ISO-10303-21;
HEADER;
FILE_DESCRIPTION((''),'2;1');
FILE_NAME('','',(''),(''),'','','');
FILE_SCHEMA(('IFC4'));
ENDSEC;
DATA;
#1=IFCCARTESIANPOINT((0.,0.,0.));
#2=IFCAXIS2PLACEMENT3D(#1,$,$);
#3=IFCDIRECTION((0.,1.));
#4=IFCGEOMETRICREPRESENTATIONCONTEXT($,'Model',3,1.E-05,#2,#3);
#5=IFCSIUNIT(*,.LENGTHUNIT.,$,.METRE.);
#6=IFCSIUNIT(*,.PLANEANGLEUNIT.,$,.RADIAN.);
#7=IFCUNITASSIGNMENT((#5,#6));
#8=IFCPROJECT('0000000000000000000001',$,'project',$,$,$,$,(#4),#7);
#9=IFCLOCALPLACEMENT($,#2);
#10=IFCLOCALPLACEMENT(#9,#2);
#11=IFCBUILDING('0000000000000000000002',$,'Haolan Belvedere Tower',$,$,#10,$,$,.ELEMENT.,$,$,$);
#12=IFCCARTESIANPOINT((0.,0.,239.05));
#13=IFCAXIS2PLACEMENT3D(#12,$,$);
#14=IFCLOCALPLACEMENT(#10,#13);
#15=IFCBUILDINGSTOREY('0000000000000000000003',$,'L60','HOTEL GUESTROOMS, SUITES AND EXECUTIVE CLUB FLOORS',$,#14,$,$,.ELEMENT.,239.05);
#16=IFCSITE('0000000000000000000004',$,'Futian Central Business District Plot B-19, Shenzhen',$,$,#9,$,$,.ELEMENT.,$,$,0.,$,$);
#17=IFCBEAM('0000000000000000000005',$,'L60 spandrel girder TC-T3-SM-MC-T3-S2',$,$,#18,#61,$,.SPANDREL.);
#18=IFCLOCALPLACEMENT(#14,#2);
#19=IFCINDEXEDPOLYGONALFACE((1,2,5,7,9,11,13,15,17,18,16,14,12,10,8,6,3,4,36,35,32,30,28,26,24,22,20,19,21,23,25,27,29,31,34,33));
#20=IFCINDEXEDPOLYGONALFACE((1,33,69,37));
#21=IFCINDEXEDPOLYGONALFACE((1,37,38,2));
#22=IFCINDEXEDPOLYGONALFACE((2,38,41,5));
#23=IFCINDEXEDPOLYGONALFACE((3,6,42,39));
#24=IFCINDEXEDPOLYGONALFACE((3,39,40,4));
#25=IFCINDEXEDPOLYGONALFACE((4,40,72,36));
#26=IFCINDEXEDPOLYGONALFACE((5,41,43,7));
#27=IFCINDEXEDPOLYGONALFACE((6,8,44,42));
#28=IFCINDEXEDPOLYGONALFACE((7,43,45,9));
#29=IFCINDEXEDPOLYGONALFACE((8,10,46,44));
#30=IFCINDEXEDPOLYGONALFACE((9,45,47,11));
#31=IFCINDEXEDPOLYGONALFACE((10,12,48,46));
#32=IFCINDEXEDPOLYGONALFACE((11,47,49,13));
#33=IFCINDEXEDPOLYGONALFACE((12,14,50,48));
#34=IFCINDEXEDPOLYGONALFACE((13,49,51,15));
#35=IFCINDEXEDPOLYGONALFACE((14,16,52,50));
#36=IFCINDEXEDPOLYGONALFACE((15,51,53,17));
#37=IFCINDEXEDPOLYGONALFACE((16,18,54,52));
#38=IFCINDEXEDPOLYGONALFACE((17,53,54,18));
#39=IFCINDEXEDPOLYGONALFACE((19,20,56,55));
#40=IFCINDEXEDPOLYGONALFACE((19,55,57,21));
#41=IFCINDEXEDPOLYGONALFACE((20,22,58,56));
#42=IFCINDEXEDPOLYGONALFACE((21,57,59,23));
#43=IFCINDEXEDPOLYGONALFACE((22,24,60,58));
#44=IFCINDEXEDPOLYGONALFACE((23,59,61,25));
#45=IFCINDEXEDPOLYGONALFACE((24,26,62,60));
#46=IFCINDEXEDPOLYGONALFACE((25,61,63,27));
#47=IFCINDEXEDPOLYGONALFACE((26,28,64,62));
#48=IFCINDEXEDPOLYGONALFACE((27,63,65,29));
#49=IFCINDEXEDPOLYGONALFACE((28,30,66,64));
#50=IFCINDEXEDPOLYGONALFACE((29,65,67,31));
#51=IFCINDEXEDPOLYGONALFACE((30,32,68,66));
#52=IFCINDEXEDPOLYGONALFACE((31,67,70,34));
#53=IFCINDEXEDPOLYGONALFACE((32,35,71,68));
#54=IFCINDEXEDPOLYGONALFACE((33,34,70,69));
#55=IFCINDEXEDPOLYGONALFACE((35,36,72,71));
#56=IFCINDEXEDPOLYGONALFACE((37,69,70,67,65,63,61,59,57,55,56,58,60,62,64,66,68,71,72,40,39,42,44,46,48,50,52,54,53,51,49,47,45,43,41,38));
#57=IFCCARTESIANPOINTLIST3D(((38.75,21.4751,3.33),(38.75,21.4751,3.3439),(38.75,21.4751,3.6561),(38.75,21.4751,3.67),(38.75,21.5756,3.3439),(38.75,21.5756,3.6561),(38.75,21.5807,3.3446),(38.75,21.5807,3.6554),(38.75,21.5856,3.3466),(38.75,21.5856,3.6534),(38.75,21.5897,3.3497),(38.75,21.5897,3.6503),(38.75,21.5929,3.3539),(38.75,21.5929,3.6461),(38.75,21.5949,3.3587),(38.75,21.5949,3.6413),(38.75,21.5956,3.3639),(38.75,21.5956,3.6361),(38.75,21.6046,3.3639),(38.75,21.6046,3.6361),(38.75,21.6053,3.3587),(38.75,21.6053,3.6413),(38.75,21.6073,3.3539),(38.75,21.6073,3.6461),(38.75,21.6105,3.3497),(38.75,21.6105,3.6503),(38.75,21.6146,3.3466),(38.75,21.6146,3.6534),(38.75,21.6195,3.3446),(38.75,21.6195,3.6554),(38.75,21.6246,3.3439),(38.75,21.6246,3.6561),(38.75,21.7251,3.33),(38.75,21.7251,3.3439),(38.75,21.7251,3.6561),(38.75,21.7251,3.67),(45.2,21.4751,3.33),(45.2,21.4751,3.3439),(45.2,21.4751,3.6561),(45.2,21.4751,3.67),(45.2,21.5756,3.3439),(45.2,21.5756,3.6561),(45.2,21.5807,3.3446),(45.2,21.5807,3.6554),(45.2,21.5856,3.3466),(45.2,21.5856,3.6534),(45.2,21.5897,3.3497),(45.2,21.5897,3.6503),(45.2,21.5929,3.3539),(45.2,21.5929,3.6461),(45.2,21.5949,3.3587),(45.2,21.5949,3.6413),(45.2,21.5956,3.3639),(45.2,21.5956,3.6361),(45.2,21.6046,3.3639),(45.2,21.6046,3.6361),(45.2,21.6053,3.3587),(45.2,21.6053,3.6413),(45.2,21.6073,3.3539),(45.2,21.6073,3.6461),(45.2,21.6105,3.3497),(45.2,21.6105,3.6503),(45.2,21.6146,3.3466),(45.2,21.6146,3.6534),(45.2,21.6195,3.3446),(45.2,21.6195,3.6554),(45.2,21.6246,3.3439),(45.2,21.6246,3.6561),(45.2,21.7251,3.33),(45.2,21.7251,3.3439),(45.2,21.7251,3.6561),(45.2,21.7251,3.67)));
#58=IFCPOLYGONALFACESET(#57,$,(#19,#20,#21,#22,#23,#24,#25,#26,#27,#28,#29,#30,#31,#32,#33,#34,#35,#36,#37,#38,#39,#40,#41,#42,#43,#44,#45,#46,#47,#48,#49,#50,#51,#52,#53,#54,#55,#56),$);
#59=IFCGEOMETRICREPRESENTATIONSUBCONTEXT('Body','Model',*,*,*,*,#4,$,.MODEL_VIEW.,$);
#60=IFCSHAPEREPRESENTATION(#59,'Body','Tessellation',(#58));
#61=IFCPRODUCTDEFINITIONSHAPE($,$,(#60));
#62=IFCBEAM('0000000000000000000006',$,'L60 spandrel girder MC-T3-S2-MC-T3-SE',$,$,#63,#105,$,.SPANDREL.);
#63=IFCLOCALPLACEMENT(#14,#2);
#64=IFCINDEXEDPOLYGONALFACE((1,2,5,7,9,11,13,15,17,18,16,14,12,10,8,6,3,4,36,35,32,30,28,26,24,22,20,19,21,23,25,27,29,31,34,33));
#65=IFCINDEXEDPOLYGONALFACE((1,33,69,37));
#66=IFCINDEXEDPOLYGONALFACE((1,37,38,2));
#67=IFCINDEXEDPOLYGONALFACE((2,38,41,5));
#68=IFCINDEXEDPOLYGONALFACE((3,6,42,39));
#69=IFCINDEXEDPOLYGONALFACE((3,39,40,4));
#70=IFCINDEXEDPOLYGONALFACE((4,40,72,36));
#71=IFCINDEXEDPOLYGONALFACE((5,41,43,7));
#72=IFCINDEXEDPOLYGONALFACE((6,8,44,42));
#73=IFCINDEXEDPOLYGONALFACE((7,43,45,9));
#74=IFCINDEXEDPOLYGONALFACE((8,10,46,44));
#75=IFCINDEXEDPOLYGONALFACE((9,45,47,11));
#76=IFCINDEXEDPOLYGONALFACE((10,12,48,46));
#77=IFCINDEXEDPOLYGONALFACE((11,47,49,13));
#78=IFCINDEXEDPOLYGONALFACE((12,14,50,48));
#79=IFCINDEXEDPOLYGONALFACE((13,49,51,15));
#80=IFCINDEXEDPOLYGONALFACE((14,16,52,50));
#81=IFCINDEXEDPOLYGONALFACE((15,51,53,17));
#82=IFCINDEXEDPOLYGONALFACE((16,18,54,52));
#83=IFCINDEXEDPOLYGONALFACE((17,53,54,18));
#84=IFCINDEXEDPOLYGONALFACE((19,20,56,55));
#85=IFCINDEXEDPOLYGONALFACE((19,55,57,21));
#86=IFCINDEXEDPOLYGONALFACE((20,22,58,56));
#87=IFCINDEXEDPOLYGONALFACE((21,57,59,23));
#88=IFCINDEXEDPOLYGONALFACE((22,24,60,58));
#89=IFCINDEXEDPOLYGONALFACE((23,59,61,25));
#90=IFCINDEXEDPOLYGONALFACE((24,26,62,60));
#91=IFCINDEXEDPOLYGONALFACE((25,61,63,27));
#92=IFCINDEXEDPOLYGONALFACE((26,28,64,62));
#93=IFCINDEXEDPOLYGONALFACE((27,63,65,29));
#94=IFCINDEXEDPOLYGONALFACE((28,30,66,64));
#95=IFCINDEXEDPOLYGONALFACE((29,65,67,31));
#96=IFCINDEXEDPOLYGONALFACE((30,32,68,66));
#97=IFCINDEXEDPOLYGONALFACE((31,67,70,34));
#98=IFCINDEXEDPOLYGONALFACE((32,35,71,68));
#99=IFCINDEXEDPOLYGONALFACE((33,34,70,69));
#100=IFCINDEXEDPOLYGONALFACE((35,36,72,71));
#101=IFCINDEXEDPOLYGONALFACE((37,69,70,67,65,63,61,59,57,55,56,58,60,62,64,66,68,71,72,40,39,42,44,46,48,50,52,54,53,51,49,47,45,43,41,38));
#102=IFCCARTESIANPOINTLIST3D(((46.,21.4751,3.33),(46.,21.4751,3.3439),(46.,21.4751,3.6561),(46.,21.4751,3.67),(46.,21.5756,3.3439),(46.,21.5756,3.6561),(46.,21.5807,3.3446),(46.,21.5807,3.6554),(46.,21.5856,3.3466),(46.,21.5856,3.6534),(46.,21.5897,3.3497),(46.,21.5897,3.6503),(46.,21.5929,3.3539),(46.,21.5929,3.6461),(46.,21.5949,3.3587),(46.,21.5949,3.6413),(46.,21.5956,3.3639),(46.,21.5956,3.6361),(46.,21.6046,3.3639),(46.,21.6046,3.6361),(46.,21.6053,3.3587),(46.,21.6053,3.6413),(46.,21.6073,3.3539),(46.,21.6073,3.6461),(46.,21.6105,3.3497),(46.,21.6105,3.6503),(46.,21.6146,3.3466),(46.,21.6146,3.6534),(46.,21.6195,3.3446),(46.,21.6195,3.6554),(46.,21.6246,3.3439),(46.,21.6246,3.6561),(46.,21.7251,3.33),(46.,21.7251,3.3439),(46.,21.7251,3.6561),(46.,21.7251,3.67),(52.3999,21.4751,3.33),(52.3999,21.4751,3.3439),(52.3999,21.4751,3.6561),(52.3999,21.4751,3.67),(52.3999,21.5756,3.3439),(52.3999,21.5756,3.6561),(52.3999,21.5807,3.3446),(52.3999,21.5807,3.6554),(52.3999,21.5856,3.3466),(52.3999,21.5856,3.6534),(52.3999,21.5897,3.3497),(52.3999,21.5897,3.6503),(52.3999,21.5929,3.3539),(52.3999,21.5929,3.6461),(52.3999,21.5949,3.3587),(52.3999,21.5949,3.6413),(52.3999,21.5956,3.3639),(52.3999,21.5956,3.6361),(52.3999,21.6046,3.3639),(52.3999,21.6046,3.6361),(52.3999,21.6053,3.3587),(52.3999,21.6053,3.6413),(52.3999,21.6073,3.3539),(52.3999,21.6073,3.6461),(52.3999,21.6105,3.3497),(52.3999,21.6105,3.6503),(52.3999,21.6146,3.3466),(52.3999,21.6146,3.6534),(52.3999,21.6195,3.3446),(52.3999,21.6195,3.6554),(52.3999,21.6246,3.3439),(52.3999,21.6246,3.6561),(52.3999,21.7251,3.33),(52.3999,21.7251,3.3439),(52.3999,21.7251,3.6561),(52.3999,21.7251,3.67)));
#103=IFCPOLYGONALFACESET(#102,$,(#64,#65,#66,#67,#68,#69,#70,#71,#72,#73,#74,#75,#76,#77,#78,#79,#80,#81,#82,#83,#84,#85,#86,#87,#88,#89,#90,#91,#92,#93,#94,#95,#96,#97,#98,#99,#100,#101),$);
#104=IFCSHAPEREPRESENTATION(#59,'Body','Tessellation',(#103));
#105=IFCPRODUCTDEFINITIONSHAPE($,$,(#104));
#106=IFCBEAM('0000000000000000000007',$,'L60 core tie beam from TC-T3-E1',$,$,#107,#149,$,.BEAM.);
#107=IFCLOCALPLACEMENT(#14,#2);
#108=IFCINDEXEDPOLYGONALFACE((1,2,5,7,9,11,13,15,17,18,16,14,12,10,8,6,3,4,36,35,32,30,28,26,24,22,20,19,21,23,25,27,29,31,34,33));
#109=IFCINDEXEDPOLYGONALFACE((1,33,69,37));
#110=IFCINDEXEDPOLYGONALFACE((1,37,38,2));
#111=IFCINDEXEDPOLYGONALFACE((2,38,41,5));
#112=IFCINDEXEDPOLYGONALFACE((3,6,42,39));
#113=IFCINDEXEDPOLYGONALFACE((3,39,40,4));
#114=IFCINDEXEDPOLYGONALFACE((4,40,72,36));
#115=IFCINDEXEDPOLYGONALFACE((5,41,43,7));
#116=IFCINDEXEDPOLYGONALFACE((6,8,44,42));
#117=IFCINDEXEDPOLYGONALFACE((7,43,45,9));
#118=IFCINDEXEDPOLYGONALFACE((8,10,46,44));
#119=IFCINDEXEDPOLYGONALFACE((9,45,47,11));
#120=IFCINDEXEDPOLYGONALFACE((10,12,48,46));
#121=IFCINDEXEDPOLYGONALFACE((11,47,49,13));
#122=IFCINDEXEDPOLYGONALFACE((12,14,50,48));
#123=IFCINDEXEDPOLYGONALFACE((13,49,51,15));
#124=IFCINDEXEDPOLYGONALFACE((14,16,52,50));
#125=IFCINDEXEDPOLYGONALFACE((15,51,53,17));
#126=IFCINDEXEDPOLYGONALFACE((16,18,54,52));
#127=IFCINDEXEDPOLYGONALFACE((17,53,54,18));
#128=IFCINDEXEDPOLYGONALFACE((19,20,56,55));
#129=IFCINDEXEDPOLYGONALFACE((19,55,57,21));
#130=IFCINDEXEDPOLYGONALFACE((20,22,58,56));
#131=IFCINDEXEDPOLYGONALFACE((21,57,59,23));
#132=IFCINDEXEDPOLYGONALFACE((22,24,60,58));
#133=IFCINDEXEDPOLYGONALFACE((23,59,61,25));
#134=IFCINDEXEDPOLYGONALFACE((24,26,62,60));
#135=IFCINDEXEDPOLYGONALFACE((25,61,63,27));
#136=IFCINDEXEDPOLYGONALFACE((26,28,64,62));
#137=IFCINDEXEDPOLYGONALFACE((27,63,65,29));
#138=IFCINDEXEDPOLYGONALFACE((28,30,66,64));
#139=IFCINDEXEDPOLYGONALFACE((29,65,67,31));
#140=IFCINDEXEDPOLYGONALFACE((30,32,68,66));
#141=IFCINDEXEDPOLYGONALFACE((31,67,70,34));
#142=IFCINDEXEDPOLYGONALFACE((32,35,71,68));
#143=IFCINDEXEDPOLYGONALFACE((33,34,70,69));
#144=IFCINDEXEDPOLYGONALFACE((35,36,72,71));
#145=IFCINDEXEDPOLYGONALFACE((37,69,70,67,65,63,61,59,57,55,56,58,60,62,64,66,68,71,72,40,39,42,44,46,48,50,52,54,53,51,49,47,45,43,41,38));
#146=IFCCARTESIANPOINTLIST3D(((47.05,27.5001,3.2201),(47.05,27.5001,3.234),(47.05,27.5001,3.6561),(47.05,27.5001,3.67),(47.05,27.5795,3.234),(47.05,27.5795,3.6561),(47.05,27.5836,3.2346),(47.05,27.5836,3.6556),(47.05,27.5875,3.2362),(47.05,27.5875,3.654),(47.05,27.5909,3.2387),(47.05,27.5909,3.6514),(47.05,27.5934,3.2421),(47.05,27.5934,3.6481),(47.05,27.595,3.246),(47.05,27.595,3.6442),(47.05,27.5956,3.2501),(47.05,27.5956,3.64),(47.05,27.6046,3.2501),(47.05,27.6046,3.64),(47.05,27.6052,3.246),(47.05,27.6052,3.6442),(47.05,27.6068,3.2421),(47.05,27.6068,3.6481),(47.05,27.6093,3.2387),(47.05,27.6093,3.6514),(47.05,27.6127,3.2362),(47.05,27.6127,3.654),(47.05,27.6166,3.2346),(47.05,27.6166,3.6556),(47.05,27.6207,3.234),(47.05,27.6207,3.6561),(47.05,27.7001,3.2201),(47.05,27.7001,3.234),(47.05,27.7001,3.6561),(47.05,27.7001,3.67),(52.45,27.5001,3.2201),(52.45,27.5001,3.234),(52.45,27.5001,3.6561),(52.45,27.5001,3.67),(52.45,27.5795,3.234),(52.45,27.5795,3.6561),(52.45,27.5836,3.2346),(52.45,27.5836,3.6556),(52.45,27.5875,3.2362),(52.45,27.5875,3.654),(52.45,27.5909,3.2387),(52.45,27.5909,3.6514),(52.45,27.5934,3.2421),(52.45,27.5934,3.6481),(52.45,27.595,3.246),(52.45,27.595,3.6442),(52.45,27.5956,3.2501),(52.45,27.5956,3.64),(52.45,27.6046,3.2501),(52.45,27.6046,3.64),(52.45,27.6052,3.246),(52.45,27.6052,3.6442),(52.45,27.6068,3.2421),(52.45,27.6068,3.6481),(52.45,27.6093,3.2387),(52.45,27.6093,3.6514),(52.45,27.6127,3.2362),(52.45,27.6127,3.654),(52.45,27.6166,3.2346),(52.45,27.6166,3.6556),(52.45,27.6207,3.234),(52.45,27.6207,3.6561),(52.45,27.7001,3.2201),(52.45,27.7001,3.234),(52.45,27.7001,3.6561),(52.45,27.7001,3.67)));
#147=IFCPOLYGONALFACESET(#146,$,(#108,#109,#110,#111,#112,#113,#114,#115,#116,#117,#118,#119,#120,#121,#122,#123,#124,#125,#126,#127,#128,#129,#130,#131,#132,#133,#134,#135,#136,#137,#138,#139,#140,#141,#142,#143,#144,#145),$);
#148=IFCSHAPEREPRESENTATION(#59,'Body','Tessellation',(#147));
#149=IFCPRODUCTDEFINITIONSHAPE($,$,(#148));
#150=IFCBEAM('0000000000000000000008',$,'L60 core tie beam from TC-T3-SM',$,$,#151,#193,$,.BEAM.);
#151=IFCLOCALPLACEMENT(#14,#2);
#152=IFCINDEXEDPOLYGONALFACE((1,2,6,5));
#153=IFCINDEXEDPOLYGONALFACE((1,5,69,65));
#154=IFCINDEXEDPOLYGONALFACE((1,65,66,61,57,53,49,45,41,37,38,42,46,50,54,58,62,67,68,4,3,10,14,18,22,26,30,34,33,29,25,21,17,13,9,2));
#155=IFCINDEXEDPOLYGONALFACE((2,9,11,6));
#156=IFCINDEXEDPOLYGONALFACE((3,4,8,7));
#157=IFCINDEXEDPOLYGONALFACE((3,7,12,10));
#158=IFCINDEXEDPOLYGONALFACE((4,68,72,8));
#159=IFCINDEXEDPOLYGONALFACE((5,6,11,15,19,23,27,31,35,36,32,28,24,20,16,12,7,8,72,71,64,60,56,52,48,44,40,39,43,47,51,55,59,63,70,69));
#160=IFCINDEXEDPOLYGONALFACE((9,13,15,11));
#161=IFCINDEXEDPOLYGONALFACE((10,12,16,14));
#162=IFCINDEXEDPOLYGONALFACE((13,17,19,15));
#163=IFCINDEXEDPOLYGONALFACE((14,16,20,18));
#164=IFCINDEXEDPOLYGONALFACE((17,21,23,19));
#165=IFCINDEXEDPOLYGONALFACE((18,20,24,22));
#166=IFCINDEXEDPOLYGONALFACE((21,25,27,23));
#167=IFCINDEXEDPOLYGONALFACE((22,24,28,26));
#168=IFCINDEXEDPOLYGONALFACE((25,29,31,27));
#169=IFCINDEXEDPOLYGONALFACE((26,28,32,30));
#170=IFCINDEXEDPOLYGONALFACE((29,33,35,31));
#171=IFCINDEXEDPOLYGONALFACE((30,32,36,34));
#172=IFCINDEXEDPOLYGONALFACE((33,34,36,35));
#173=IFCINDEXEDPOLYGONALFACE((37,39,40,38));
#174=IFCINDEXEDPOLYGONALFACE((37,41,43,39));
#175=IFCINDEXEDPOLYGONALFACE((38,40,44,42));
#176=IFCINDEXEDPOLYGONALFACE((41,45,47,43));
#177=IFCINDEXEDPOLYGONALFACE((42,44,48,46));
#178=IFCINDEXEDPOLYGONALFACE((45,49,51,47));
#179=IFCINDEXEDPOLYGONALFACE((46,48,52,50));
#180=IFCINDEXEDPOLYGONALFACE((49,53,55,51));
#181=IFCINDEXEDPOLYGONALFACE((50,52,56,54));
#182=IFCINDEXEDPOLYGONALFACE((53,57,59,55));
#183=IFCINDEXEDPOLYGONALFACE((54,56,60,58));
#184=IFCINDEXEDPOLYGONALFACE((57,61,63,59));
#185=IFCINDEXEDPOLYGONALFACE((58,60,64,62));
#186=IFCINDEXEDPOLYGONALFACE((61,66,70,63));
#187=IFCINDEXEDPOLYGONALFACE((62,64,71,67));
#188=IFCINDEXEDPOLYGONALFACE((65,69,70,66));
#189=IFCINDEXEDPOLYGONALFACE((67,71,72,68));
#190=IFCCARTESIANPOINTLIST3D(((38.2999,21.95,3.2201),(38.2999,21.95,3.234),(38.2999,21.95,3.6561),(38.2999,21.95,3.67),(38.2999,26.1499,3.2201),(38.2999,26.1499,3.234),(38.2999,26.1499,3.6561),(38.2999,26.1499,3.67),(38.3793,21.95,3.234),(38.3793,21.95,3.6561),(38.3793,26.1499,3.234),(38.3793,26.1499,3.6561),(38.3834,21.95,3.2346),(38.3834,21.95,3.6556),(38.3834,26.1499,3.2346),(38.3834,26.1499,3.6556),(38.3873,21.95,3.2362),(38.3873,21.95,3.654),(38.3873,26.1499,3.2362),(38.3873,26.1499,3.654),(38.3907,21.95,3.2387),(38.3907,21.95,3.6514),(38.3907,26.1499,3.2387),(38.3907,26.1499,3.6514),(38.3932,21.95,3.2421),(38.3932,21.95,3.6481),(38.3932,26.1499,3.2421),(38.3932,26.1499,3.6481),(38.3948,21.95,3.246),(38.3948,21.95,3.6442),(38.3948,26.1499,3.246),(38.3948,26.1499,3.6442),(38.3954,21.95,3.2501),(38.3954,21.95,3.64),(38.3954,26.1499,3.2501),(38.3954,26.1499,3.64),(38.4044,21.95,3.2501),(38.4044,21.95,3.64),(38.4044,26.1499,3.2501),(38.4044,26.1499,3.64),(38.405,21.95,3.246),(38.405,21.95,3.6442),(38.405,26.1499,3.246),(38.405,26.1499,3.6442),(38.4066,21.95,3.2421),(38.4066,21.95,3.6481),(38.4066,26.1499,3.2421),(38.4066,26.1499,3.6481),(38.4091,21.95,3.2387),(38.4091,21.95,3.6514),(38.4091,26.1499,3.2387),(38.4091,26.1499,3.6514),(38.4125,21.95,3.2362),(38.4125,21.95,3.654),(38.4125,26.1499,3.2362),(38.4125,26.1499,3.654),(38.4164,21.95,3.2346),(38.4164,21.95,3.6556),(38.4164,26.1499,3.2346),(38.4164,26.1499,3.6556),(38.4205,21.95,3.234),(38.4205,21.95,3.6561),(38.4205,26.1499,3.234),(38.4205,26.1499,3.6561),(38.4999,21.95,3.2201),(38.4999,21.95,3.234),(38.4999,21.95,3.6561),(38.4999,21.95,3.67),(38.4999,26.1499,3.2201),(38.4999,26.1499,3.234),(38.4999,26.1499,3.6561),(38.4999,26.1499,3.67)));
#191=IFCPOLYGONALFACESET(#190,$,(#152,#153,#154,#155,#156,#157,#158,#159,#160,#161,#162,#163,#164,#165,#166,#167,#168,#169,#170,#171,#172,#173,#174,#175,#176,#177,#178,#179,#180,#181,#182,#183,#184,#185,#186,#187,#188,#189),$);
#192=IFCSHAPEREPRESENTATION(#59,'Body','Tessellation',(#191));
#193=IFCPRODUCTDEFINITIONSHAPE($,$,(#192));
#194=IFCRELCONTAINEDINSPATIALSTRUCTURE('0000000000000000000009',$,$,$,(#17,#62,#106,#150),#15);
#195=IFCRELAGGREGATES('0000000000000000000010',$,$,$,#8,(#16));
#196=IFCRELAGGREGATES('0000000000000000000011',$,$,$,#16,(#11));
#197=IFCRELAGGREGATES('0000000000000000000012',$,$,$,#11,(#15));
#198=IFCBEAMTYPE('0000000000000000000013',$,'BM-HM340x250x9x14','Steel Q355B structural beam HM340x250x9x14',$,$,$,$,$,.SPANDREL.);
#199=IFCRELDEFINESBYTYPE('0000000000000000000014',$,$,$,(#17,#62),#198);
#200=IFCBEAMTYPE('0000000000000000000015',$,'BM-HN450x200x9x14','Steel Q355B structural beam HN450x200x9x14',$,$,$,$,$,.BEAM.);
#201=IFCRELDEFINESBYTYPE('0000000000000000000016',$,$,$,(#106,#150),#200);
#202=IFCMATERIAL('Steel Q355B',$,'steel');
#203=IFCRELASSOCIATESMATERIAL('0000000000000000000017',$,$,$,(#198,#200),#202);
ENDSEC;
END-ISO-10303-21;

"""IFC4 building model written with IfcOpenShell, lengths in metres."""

from ifc_helpers import new_model, si_unit, direction, frame, origin, origin_2d, place, context, subcontext, project, spatial, i_section, extrude, material, material_profile, profile_set, type_object, element, save


model = new_model("IFC4")

# Units and contexts
model_context = context("Model", 3, precision=1e-05, world=origin(), true_north=direction((0.0, 1.0)))
body_context = subcontext(model_context, "Body", "Model", "MODEL_VIEW")
ifc_project = project(units=[si_unit("LENGTHUNIT", "METRE"), si_unit("PLANEANGLEUNIT", "RADIAN")], contexts=[model_context])

# Site, building, storey
site_placement = place(None, origin())
site = spatial("IfcSite", under=ifc_project, at=site_placement, Name="Futian Central Business District Plot B-19, Shenzhen", CompositionType="ELEMENT", RefElevation=0.0)
building_placement = place(site_placement, origin())
building = spatial("IfcBuilding", under=site, at=building_placement, Name="Haolan Belvedere Tower", CompositionType="ELEMENT")
storey_placement = place(building_placement, frame((0.0, 0.0, 239.05)))
storey = spatial("IfcBuildingStorey", under=building, at=storey_placement, Name="L60", Description="HOTEL GUESTROOMS, SUITES AND EXECUTIVE CLUB FLOORS", CompositionType="ELEMENT", Elevation=239.05)

# Beams
ifc_material_1 = material(Name="Steel Q355B", Category="steel")
ifc_material_profile_1 = material_profile(ifc_material_1, i_section(OverallWidth=0.25, OverallDepth=0.3401, WebThickness=0.009, FlangeThickness=0.0139, FilletRadius=0.02, at=origin_2d()), Name="Steel Q355B")
ifc_profile_set_1 = profile_set([ifc_material_profile_1], Name="Steel Q355B")
beam_type_1 = type_object("IfcBeamType", Name="BM-HM340x250x9x14", Description="Steel Q355B structural beam HM340x250x9x14", PredefinedType="SPANDREL", material=ifc_profile_set_1)
beam_1_placement = place(storey_placement, frame((38.75, 21.6001, 3.5), z_axis=(1.0, 0.0, 0.0), x_axis=(0.0, 1.0, 0.0)))
element("IfcBeam", 1, at=beam_1_placement, inside=storey, type_object=beam_type_1, Name="L60 spandrel girder TC-T3-SM-MC-T3-S2", PredefinedType="SPANDREL", context=body_context, shape_type="SweptSolid", body=[
    extrude(i_section(OverallWidth=0.25, OverallDepth=0.3401, WebThickness=0.009, FlangeThickness=0.0139, FilletRadius=0.02, at=origin_2d()), origin(), (0.0, 0.0, 1.0), 6.45),
])
beam_2_placement = place(storey_placement, frame((46.0, 21.6001, 3.5), z_axis=(1.0, 0.0, 0.0), x_axis=(0.0, 1.0, 0.0)))
element("IfcBeam", 2, at=beam_2_placement, inside=storey, type_object=beam_type_1, Name="L60 spandrel girder MC-T3-S2-MC-T3-SE", PredefinedType="SPANDREL", context=body_context, shape_type="SweptSolid", body=[
    extrude(i_section(OverallWidth=0.25, OverallDepth=0.3401, WebThickness=0.009, FlangeThickness=0.0139, FilletRadius=0.02, at=origin_2d()), origin(), (0.0, 0.0, 1.0), 6.3999),
])
ifc_material_profile_2 = material_profile(ifc_material_1, i_section(OverallWidth=0.2, OverallDepth=0.45, WebThickness=0.009, FlangeThickness=0.0139, FilletRadius=0.0161, at=origin_2d()), Name="Steel Q355B")
ifc_profile_set_2 = profile_set([ifc_material_profile_2], Name="Steel Q355B")
beam_type_2 = type_object("IfcBeamType", Name="BM-HN450x200x9x14", Description="Steel Q355B structural beam HN450x200x9x14", PredefinedType="BEAM", material=ifc_profile_set_2)
beam_3_placement = place(storey_placement, frame((52.45, 27.6001, 3.4451), z_axis=(-1.0, 0.0, 0.0), x_axis=(0.0, -1.0, 0.0)))
element("IfcBeam", 3, at=beam_3_placement, inside=storey, type_object=beam_type_2, Name="L60 core tie beam from TC-T3-E1", PredefinedType="BEAM", context=body_context, shape_type="SweptSolid", body=[
    extrude(i_section(OverallWidth=0.2, OverallDepth=0.45, WebThickness=0.009, FlangeThickness=0.0139, FilletRadius=0.0161, at=origin_2d()), origin(), (0.0, 0.0, 1.0), 5.3999),
])
beam_4_placement = place(storey_placement, frame((38.3999, 21.95, 3.4451), z_axis=(0.0, 1.0, 0.0), x_axis=(-1.0, 0.0, 0.0)))
element("IfcBeam", 4, at=beam_4_placement, inside=storey, type_object=beam_type_2, Name="L60 core tie beam from TC-T3-SM", PredefinedType="BEAM", context=body_context, shape_type="SweptSolid", body=[
    extrude(i_section(OverallWidth=0.2, OverallDepth=0.45, WebThickness=0.009, FlangeThickness=0.0139, FilletRadius=0.0161, at=origin_2d()), origin(), (0.0, 0.0, 1.0), 4.2),
])

save(model, "model.ifc")
